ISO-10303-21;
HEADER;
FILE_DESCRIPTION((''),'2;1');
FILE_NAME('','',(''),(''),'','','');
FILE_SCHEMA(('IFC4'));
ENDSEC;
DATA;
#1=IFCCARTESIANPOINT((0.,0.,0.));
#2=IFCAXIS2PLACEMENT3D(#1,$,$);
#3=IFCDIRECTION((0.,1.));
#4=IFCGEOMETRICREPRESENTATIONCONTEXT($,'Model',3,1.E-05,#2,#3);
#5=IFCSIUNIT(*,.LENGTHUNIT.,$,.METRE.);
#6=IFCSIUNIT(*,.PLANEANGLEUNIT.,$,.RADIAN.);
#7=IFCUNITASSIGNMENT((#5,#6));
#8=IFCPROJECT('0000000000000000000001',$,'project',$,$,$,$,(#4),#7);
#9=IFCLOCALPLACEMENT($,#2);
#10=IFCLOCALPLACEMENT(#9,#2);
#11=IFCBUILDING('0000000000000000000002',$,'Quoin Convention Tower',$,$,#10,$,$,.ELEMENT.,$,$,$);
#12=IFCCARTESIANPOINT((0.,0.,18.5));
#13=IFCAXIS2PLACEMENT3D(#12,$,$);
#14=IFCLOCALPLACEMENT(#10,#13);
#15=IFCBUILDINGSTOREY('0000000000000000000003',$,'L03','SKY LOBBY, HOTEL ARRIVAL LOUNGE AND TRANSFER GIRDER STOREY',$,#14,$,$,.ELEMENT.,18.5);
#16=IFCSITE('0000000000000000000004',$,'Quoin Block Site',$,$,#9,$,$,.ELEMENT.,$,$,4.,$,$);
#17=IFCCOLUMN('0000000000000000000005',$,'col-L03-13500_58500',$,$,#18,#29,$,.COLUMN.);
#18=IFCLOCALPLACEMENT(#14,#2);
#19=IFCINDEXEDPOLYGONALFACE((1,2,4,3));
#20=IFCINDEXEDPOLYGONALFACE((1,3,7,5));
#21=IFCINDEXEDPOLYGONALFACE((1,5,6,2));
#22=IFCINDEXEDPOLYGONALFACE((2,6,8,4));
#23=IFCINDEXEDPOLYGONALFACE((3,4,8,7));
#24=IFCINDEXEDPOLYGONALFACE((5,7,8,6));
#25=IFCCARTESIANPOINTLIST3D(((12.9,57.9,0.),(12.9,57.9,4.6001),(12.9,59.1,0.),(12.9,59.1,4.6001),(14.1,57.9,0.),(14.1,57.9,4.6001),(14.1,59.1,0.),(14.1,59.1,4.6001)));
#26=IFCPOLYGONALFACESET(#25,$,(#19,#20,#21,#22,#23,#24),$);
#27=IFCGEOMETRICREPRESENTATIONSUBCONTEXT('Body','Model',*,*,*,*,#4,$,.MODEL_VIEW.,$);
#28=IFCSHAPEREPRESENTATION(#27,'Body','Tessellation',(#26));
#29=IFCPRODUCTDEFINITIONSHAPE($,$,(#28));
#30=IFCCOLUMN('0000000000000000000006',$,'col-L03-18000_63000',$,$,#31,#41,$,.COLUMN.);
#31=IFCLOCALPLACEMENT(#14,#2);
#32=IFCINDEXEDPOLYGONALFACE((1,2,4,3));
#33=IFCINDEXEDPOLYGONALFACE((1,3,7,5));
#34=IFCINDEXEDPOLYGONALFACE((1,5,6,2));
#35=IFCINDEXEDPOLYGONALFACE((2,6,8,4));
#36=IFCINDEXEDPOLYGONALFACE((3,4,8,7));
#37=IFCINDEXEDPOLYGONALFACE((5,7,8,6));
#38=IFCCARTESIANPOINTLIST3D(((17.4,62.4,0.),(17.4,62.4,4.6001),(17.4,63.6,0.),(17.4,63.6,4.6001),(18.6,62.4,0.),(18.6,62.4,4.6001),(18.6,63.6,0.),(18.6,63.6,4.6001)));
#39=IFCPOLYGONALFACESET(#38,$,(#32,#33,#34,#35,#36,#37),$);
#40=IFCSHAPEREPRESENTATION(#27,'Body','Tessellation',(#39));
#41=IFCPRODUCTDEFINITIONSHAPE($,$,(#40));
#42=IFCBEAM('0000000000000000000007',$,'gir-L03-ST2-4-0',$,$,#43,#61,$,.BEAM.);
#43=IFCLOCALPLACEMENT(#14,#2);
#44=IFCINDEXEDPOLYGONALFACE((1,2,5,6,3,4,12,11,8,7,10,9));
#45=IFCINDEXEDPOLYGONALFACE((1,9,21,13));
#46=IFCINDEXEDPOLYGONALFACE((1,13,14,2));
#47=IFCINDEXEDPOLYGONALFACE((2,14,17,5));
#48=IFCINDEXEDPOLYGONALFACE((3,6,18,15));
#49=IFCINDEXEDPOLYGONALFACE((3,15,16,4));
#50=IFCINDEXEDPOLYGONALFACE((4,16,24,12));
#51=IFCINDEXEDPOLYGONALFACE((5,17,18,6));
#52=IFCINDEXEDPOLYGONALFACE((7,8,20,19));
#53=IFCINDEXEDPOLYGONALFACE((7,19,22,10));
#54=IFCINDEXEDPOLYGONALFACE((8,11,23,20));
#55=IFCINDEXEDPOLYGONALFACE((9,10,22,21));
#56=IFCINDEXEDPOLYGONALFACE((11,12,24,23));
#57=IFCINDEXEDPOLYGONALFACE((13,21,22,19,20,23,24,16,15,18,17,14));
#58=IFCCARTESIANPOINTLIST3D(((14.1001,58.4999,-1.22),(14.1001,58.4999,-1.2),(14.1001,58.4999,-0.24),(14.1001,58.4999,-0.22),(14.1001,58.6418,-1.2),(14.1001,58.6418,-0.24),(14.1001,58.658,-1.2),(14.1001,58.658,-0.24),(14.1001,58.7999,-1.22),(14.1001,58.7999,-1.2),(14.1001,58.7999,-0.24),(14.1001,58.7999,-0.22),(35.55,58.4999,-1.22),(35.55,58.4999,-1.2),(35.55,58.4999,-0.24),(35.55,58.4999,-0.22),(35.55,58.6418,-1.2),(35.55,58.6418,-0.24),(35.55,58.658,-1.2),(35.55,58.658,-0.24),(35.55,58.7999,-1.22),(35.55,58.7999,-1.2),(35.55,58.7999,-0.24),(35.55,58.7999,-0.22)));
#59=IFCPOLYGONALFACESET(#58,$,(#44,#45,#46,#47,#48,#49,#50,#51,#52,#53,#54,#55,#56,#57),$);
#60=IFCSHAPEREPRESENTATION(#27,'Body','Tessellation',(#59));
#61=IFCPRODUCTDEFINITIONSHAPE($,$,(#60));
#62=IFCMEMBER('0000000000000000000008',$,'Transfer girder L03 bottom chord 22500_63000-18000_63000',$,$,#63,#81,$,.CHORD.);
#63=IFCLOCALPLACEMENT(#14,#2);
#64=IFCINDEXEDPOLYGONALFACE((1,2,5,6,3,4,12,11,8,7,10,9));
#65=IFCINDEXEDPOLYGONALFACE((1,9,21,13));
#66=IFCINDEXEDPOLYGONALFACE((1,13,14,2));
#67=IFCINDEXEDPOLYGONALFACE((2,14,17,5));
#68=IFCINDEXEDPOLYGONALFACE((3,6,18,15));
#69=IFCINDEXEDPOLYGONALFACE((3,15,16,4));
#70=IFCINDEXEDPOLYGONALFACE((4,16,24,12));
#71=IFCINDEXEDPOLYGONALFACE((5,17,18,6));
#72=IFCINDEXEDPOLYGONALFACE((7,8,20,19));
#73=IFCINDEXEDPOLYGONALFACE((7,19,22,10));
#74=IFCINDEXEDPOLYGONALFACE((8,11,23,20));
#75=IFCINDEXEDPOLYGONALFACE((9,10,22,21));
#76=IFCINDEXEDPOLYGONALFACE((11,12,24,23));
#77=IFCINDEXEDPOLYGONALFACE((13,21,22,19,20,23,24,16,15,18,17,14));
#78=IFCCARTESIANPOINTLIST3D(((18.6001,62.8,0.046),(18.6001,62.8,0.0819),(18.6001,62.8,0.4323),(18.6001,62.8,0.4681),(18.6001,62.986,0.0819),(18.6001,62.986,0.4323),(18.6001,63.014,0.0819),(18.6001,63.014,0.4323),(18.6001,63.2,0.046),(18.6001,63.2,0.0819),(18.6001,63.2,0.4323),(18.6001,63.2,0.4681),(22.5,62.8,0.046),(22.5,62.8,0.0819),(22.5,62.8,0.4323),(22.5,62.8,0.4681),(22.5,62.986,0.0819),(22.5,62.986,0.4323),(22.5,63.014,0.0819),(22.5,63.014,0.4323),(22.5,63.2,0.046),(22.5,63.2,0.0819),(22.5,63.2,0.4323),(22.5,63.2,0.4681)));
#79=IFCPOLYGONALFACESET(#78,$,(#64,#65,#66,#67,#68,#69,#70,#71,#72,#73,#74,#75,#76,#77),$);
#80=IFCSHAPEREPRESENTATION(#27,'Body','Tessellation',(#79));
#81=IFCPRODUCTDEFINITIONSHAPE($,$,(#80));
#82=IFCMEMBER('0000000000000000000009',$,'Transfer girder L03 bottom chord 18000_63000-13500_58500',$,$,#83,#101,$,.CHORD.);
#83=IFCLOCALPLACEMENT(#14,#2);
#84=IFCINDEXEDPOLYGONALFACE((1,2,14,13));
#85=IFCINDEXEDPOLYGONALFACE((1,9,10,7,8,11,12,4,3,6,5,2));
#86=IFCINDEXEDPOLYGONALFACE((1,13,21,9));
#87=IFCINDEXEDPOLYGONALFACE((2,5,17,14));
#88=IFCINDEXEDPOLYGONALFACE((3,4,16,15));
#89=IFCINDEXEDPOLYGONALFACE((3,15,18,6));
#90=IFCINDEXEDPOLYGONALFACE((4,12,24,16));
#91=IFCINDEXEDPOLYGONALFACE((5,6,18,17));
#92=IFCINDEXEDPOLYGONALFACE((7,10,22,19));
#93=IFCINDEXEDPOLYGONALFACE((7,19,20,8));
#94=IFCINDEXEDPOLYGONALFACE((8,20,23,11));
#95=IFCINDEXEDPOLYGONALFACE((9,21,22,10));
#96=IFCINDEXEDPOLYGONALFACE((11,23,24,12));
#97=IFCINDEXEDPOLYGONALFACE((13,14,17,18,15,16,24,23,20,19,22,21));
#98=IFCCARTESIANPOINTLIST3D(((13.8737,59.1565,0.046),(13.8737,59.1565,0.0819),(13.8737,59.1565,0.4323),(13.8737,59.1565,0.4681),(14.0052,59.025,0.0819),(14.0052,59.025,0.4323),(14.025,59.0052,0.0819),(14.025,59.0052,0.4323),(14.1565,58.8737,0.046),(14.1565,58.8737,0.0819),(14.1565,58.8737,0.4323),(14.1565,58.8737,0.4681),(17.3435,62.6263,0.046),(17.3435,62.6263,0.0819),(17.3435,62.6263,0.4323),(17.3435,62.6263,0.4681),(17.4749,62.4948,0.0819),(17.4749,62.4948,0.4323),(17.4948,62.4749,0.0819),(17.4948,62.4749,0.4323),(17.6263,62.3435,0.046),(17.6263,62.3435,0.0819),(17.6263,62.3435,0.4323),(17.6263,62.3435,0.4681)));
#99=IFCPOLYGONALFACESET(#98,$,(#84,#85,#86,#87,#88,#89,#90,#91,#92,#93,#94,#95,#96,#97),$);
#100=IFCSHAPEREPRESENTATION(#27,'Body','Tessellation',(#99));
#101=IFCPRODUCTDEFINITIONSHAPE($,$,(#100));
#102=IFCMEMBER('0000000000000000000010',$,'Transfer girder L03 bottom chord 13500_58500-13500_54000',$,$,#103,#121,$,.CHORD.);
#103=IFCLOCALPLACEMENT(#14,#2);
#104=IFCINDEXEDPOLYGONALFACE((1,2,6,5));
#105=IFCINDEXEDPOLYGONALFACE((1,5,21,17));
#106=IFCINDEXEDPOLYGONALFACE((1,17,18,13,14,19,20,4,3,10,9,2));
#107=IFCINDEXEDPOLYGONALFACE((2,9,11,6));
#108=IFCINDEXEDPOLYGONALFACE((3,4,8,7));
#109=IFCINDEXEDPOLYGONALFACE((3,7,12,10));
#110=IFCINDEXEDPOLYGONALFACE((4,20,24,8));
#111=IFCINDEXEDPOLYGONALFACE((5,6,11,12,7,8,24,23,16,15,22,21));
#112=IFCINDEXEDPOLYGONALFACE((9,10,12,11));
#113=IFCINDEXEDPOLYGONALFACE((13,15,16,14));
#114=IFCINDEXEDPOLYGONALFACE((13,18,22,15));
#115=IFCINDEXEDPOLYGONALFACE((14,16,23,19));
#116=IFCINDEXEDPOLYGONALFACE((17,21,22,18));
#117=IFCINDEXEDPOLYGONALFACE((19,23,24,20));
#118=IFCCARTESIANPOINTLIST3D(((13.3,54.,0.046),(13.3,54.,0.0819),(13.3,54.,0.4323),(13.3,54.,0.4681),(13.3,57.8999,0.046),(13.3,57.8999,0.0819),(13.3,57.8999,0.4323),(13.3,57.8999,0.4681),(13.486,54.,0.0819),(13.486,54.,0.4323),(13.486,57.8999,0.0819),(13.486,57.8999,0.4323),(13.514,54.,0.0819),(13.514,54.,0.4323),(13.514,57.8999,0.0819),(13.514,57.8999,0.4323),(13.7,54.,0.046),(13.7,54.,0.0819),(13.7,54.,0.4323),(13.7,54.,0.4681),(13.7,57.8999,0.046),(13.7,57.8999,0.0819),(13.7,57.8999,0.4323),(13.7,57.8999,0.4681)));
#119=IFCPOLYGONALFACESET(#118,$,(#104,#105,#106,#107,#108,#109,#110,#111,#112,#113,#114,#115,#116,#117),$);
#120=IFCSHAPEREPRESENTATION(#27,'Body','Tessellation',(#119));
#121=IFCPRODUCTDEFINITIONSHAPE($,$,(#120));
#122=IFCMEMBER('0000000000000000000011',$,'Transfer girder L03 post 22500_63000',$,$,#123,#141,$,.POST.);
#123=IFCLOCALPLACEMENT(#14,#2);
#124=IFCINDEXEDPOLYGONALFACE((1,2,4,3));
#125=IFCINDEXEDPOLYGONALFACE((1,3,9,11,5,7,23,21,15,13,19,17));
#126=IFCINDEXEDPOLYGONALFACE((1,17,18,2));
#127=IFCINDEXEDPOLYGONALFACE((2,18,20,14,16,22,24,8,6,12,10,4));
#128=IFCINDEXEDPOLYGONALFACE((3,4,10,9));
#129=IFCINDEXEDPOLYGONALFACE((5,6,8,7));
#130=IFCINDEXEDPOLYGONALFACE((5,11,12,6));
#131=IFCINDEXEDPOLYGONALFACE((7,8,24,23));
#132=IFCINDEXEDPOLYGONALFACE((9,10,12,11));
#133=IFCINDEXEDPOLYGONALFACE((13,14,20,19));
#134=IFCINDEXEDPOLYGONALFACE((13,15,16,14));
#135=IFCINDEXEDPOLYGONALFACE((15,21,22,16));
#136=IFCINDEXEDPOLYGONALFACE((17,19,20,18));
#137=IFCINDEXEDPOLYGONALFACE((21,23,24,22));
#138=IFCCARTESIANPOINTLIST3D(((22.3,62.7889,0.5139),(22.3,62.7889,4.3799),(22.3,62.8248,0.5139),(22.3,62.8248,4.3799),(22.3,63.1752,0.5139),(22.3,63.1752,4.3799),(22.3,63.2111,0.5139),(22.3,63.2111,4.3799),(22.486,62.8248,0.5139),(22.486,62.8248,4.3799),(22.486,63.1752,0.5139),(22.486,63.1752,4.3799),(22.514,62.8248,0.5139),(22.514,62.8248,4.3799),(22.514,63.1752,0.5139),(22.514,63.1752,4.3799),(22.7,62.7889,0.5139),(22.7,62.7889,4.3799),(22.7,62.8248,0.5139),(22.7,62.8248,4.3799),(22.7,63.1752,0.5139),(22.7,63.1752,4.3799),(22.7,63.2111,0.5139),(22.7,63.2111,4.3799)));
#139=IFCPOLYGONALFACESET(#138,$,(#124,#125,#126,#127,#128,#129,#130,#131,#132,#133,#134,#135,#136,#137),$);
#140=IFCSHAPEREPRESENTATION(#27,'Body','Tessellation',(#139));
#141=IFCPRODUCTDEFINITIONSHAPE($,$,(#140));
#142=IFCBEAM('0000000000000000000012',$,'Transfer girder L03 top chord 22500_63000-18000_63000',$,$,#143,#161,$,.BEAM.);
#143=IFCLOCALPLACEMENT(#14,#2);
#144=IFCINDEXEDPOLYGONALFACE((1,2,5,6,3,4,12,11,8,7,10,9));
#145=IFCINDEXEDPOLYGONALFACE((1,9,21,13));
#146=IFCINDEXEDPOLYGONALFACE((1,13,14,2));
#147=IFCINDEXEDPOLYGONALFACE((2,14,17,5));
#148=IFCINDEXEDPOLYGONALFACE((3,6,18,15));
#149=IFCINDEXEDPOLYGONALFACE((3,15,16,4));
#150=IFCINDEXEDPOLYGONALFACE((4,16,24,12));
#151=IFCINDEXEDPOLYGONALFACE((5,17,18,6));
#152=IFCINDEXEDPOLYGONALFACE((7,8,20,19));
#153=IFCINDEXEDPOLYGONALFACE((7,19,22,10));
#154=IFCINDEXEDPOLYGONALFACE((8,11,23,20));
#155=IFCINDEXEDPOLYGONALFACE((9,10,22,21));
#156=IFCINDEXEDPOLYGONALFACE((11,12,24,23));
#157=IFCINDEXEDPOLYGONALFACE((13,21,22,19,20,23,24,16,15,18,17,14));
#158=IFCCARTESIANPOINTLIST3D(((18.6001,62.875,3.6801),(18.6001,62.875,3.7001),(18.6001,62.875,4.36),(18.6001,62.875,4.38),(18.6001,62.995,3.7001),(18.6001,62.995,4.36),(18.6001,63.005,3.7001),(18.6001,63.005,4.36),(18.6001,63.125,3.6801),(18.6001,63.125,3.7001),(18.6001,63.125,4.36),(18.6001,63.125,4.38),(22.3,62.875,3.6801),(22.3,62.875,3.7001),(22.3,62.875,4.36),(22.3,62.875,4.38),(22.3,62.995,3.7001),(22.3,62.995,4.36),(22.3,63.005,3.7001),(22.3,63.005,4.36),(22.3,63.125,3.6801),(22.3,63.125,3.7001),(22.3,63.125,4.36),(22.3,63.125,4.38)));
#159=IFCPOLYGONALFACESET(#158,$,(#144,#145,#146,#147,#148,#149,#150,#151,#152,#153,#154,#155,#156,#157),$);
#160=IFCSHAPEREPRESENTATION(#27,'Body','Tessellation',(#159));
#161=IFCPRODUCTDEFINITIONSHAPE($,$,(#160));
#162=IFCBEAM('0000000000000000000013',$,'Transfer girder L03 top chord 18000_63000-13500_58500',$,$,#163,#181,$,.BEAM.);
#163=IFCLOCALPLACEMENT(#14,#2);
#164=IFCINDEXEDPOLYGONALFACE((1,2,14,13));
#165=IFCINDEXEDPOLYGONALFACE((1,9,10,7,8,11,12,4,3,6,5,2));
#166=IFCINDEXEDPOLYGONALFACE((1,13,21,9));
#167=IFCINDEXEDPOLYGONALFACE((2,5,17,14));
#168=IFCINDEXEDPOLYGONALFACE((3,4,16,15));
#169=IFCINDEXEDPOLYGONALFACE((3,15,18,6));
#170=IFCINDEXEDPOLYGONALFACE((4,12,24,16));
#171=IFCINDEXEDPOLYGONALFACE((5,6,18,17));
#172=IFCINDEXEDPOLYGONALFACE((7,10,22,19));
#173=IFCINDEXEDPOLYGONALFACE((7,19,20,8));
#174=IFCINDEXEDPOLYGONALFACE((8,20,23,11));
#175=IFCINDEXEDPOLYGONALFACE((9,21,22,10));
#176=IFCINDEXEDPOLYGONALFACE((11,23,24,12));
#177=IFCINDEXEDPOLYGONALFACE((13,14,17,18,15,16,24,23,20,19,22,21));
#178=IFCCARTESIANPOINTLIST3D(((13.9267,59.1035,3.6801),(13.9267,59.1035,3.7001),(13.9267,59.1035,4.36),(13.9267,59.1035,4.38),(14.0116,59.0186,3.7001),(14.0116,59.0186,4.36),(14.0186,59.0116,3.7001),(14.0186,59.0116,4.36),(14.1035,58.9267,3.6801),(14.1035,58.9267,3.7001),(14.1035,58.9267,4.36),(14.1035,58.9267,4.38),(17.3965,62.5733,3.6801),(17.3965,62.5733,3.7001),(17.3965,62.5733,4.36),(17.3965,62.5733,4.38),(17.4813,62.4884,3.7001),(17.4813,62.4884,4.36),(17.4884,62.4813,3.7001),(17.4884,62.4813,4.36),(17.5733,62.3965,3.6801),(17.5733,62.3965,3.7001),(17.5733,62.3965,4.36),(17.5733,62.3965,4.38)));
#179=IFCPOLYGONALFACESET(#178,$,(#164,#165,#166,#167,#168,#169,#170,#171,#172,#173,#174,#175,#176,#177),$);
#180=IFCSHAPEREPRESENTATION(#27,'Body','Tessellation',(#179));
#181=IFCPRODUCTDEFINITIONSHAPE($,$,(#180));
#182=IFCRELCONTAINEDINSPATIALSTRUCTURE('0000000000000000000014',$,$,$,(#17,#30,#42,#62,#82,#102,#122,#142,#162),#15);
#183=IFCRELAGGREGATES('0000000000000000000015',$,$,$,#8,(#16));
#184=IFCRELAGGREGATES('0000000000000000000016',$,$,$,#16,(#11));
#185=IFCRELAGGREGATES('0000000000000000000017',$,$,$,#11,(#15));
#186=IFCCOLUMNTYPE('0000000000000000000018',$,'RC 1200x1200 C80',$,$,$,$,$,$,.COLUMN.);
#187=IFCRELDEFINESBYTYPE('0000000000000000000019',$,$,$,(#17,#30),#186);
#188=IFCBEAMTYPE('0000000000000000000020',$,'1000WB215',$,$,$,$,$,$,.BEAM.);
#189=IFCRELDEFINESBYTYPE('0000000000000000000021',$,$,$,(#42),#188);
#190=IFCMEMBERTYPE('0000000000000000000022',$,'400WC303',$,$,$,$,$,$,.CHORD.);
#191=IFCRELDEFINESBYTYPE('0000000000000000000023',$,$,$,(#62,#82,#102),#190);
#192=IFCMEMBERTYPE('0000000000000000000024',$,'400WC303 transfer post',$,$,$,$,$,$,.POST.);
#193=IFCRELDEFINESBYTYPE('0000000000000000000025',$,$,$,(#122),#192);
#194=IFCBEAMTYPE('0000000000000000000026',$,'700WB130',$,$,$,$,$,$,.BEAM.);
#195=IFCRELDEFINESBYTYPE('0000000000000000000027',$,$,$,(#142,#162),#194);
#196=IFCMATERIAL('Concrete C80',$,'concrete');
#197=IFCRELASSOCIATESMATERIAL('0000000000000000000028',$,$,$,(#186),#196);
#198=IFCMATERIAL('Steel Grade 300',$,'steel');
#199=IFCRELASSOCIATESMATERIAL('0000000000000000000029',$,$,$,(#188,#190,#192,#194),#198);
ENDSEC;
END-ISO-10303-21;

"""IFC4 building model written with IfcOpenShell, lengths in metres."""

from ifc_helpers import new_model, si_unit, direction, frame, origin, origin_2d, place, context, subcontext, project, spatial, rectangle, i_section, extrude, material, material_profile, profile_set, type_object, element, save


model = new_model("IFC4")

# Units and contexts
model_context = context("Model", 3, precision=1e-05, world=origin(), true_north=direction((0.0, 1.0)))
body_context = subcontext(model_context, "Body", "Model", "MODEL_VIEW")
ifc_project = project(units=[si_unit("LENGTHUNIT", "METRE"), si_unit("PLANEANGLEUNIT", "RADIAN")], contexts=[model_context])

# Site, building, storey
site_placement = place(None, origin())
site = spatial("IfcSite", under=ifc_project, at=site_placement, Name="Quoin Block Site", CompositionType="ELEMENT", RefElevation=4.0)
building_placement = place(site_placement, origin())
building = spatial("IfcBuilding", under=site, at=building_placement, Name="Quoin Convention Tower", CompositionType="ELEMENT")
storey_placement = place(building_placement, frame((0.0, 0.0, 18.5)))
storey = spatial("IfcBuildingStorey", under=building, at=storey_placement, Name="L03", Description="SKY LOBBY, HOTEL ARRIVAL LOUNGE AND TRANSFER GIRDER STOREY", CompositionType="ELEMENT", Elevation=18.5)

# Columns
ifc_material_1 = material(Name="Concrete C80", Category="concrete")
ifc_material_profile_1 = material_profile(ifc_material_1, rectangle(XDim=1.2, YDim=1.2, at=origin_2d()), Name="RC 1200x1200")
ifc_profile_set_1 = profile_set([ifc_material_profile_1], Name="Concrete C80")
column_type = type_object("IfcColumnType", Name="RC 1200x1200 C80", PredefinedType="COLUMN", material=ifc_profile_set_1)
for number, where, z_axis, x_axis, name in (
    (1, (13.5, 58.5, 0.0), (0.0, 0.0, 1.0), (1.0, 0.0, 0.0), "col-L03-13500_58500"),
    (2, (18.0, 63.0, 0.0), (0.0, 0.0, 1.0), (1.0, 0.0, 0.0), "col-L03-18000_63000"),
):
    element("IfcColumn", number, at=place(storey_placement, frame(where, z_axis=z_axis, x_axis=x_axis)), inside=storey, type_object=column_type, Name=name, PredefinedType="COLUMN", context=body_context, shape_type="SweptSolid", body=[
        extrude(rectangle(XDim=1.2, YDim=1.2, at=origin_2d()), origin(), (0.0, 0.0, 1.0), 4.6001),
    ])

# Beam
ifc_material_2 = material(Name="Steel Grade 300", Category="steel")
ifc_material_profile_2 = material_profile(ifc_material_2, i_section(OverallWidth=0.3, OverallDepth=1.0, WebThickness=0.0161, FlangeThickness=0.02, at=origin_2d()), Name="1000WB215")
ifc_profile_set_2 = profile_set([ifc_material_profile_2], Name="Steel Grade 300")
beam_type_1 = type_object("IfcBeamType", Name="1000WB215", PredefinedType="BEAM", material=ifc_profile_set_2)
beam_1_placement = place(storey_placement, frame((14.1001, 58.6499, -0.72), z_axis=(1.0, 0.0, 0.0), x_axis=(0.0, 1.0, 0.0)))
element("IfcBeam", 3, at=beam_1_placement, inside=storey, type_object=beam_type_1, Name="gir-L03-ST2-4-0", PredefinedType="BEAM", context=body_context, shape_type="SweptSolid", body=[
    extrude(i_section(OverallWidth=0.3, OverallDepth=1.0, WebThickness=0.0161, FlangeThickness=0.02, at=origin_2d()), origin(), (0.0, 0.0, 1.0), 21.45),
])

# Members
ifc_material_profile_3 = material_profile(ifc_material_2, i_section(OverallWidth=0.3999, OverallDepth=0.4221, WebThickness=0.0281, FlangeThickness=0.0359, at=origin_2d()), Name="400WC303")
ifc_profile_set_3 = profile_set([ifc_material_profile_3], Name="Steel Grade 300")
member_type_1 = type_object("IfcMemberType", Name="400WC303", PredefinedType="CHORD", material=ifc_profile_set_3)
member_1_placement = place(storey_placement, frame((22.5, 63.0, 0.2571), z_axis=(-1.0, 0.0, 0.0), x_axis=(0.0, -1.0, 0.0)))
element("IfcMember", 4, at=member_1_placement, inside=storey, type_object=member_type_1, Name="Transfer girder L03 bottom chord 22500_63000-18000_63000", PredefinedType="CHORD", context=body_context, shape_type="SweptSolid", body=[
    extrude(i_section(OverallWidth=0.3999, OverallDepth=0.4221, WebThickness=0.0281, FlangeThickness=0.0359, at=origin_2d()), origin(), (0.0, 0.0, 1.0), 3.8999),
])
member_2_placement = place(storey_placement, frame((17.4849, 62.4849, 0.2571), z_axis=(-0.707107, -0.707107, 0.0), x_axis=(0.707107, -0.707107, 0.0)))
element("IfcMember", 5, at=member_2_placement, inside=storey, type_object=member_type_1, Name="Transfer girder L03 bottom chord 18000_63000-13500_58500", PredefinedType="CHORD", context=body_context, shape_type="SweptSolid", body=[
    extrude(i_section(OverallWidth=0.3999, OverallDepth=0.4221, WebThickness=0.0281, FlangeThickness=0.0359, at=origin_2d()), origin(), (0.0, 0.0, 1.0), 4.907),
])
member_3_placement = place(storey_placement, frame((13.5, 57.8999, 0.2571), z_axis=(0.0, -1.0, 0.0), x_axis=(1.0, 0.0, 0.0)))
element("IfcMember", 6, at=member_3_placement, inside=storey, type_object=member_type_1, Name="Transfer girder L03 bottom chord 13500_58500-13500_54000", PredefinedType="CHORD", context=body_context, shape_type="SweptSolid", body=[
    extrude(i_section(OverallWidth=0.3999, OverallDepth=0.4221, WebThickness=0.0281, FlangeThickness=0.0359, at=origin_2d()), origin(), (0.0, 0.0, 1.0), 3.8999),
])
ifc_material_profile_4 = material_profile(ifc_material_2, i_section(OverallWidth=0.3999, OverallDepth=0.4221, WebThickness=0.0281, FlangeThickness=0.0359, at=origin_2d()), Name="400WC303")
ifc_profile_set_4 = profile_set([ifc_material_profile_4], Name="Steel Grade 300")
member_type_2 = type_object("IfcMemberType", Name="400WC303 transfer post", PredefinedType="POST", material=ifc_profile_set_4)
member_4_placement = place(storey_placement, frame((22.5, 63.0, 0.5139), z_axis=(0.0, 0.0, 1.0), x_axis=(1.0, 0.0, 0.0)))
element("IfcMember", 7, at=member_4_placement, inside=storey, type_object=member_type_2, Name="Transfer girder L03 post 22500_63000", PredefinedType="POST", context=body_context, shape_type="SweptSolid", body=[
    extrude(i_section(OverallWidth=0.3999, OverallDepth=0.4221, WebThickness=0.0281, FlangeThickness=0.0359, at=origin_2d()), origin(), (0.0, 0.0, 1.0), 3.866),
])

# Beams
ifc_material_profile_5 = material_profile(ifc_material_2, i_section(OverallWidth=0.25, OverallDepth=0.7, WebThickness=0.01, FlangeThickness=0.02, at=origin_2d()), Name="700WB130")
ifc_profile_set_5 = profile_set([ifc_material_profile_5], Name="Steel Grade 300")
beam_type_2 = type_object("IfcBeamType", Name="700WB130", PredefinedType="BEAM", material=ifc_profile_set_5)
beam_2_placement = place(storey_placement, frame((22.3, 63.0, 4.03), z_axis=(-1.0, 0.0, 0.0), x_axis=(0.0, -1.0, 0.0)))
element("IfcBeam", 8, at=beam_2_placement, inside=storey, type_object=beam_type_2, Name="Transfer girder L03 top chord 22500_63000-18000_63000", PredefinedType="BEAM", context=body_context, shape_type="SweptSolid", body=[
    extrude(i_section(OverallWidth=0.25, OverallDepth=0.7, WebThickness=0.01, FlangeThickness=0.02, at=origin_2d()), origin(), (0.0, 0.0, 1.0), 3.7),
])
beam_3_placement = place(storey_placement, frame((17.4849, 62.4849, 4.03), z_axis=(-0.707107, -0.707107, 0.0), x_axis=(0.707107, -0.707107, 0.0)))
element("IfcBeam", 9, at=beam_3_placement, inside=storey, type_object=beam_type_2, Name="Transfer girder L03 top chord 18000_63000-13500_58500", PredefinedType="BEAM", context=body_context, shape_type="SweptSolid", body=[
    extrude(i_section(OverallWidth=0.25, OverallDepth=0.7, WebThickness=0.01, FlangeThickness=0.02, at=origin_2d()), origin(), (0.0, 0.0, 1.0), 4.907),
])

save(model, "model.ifc")
